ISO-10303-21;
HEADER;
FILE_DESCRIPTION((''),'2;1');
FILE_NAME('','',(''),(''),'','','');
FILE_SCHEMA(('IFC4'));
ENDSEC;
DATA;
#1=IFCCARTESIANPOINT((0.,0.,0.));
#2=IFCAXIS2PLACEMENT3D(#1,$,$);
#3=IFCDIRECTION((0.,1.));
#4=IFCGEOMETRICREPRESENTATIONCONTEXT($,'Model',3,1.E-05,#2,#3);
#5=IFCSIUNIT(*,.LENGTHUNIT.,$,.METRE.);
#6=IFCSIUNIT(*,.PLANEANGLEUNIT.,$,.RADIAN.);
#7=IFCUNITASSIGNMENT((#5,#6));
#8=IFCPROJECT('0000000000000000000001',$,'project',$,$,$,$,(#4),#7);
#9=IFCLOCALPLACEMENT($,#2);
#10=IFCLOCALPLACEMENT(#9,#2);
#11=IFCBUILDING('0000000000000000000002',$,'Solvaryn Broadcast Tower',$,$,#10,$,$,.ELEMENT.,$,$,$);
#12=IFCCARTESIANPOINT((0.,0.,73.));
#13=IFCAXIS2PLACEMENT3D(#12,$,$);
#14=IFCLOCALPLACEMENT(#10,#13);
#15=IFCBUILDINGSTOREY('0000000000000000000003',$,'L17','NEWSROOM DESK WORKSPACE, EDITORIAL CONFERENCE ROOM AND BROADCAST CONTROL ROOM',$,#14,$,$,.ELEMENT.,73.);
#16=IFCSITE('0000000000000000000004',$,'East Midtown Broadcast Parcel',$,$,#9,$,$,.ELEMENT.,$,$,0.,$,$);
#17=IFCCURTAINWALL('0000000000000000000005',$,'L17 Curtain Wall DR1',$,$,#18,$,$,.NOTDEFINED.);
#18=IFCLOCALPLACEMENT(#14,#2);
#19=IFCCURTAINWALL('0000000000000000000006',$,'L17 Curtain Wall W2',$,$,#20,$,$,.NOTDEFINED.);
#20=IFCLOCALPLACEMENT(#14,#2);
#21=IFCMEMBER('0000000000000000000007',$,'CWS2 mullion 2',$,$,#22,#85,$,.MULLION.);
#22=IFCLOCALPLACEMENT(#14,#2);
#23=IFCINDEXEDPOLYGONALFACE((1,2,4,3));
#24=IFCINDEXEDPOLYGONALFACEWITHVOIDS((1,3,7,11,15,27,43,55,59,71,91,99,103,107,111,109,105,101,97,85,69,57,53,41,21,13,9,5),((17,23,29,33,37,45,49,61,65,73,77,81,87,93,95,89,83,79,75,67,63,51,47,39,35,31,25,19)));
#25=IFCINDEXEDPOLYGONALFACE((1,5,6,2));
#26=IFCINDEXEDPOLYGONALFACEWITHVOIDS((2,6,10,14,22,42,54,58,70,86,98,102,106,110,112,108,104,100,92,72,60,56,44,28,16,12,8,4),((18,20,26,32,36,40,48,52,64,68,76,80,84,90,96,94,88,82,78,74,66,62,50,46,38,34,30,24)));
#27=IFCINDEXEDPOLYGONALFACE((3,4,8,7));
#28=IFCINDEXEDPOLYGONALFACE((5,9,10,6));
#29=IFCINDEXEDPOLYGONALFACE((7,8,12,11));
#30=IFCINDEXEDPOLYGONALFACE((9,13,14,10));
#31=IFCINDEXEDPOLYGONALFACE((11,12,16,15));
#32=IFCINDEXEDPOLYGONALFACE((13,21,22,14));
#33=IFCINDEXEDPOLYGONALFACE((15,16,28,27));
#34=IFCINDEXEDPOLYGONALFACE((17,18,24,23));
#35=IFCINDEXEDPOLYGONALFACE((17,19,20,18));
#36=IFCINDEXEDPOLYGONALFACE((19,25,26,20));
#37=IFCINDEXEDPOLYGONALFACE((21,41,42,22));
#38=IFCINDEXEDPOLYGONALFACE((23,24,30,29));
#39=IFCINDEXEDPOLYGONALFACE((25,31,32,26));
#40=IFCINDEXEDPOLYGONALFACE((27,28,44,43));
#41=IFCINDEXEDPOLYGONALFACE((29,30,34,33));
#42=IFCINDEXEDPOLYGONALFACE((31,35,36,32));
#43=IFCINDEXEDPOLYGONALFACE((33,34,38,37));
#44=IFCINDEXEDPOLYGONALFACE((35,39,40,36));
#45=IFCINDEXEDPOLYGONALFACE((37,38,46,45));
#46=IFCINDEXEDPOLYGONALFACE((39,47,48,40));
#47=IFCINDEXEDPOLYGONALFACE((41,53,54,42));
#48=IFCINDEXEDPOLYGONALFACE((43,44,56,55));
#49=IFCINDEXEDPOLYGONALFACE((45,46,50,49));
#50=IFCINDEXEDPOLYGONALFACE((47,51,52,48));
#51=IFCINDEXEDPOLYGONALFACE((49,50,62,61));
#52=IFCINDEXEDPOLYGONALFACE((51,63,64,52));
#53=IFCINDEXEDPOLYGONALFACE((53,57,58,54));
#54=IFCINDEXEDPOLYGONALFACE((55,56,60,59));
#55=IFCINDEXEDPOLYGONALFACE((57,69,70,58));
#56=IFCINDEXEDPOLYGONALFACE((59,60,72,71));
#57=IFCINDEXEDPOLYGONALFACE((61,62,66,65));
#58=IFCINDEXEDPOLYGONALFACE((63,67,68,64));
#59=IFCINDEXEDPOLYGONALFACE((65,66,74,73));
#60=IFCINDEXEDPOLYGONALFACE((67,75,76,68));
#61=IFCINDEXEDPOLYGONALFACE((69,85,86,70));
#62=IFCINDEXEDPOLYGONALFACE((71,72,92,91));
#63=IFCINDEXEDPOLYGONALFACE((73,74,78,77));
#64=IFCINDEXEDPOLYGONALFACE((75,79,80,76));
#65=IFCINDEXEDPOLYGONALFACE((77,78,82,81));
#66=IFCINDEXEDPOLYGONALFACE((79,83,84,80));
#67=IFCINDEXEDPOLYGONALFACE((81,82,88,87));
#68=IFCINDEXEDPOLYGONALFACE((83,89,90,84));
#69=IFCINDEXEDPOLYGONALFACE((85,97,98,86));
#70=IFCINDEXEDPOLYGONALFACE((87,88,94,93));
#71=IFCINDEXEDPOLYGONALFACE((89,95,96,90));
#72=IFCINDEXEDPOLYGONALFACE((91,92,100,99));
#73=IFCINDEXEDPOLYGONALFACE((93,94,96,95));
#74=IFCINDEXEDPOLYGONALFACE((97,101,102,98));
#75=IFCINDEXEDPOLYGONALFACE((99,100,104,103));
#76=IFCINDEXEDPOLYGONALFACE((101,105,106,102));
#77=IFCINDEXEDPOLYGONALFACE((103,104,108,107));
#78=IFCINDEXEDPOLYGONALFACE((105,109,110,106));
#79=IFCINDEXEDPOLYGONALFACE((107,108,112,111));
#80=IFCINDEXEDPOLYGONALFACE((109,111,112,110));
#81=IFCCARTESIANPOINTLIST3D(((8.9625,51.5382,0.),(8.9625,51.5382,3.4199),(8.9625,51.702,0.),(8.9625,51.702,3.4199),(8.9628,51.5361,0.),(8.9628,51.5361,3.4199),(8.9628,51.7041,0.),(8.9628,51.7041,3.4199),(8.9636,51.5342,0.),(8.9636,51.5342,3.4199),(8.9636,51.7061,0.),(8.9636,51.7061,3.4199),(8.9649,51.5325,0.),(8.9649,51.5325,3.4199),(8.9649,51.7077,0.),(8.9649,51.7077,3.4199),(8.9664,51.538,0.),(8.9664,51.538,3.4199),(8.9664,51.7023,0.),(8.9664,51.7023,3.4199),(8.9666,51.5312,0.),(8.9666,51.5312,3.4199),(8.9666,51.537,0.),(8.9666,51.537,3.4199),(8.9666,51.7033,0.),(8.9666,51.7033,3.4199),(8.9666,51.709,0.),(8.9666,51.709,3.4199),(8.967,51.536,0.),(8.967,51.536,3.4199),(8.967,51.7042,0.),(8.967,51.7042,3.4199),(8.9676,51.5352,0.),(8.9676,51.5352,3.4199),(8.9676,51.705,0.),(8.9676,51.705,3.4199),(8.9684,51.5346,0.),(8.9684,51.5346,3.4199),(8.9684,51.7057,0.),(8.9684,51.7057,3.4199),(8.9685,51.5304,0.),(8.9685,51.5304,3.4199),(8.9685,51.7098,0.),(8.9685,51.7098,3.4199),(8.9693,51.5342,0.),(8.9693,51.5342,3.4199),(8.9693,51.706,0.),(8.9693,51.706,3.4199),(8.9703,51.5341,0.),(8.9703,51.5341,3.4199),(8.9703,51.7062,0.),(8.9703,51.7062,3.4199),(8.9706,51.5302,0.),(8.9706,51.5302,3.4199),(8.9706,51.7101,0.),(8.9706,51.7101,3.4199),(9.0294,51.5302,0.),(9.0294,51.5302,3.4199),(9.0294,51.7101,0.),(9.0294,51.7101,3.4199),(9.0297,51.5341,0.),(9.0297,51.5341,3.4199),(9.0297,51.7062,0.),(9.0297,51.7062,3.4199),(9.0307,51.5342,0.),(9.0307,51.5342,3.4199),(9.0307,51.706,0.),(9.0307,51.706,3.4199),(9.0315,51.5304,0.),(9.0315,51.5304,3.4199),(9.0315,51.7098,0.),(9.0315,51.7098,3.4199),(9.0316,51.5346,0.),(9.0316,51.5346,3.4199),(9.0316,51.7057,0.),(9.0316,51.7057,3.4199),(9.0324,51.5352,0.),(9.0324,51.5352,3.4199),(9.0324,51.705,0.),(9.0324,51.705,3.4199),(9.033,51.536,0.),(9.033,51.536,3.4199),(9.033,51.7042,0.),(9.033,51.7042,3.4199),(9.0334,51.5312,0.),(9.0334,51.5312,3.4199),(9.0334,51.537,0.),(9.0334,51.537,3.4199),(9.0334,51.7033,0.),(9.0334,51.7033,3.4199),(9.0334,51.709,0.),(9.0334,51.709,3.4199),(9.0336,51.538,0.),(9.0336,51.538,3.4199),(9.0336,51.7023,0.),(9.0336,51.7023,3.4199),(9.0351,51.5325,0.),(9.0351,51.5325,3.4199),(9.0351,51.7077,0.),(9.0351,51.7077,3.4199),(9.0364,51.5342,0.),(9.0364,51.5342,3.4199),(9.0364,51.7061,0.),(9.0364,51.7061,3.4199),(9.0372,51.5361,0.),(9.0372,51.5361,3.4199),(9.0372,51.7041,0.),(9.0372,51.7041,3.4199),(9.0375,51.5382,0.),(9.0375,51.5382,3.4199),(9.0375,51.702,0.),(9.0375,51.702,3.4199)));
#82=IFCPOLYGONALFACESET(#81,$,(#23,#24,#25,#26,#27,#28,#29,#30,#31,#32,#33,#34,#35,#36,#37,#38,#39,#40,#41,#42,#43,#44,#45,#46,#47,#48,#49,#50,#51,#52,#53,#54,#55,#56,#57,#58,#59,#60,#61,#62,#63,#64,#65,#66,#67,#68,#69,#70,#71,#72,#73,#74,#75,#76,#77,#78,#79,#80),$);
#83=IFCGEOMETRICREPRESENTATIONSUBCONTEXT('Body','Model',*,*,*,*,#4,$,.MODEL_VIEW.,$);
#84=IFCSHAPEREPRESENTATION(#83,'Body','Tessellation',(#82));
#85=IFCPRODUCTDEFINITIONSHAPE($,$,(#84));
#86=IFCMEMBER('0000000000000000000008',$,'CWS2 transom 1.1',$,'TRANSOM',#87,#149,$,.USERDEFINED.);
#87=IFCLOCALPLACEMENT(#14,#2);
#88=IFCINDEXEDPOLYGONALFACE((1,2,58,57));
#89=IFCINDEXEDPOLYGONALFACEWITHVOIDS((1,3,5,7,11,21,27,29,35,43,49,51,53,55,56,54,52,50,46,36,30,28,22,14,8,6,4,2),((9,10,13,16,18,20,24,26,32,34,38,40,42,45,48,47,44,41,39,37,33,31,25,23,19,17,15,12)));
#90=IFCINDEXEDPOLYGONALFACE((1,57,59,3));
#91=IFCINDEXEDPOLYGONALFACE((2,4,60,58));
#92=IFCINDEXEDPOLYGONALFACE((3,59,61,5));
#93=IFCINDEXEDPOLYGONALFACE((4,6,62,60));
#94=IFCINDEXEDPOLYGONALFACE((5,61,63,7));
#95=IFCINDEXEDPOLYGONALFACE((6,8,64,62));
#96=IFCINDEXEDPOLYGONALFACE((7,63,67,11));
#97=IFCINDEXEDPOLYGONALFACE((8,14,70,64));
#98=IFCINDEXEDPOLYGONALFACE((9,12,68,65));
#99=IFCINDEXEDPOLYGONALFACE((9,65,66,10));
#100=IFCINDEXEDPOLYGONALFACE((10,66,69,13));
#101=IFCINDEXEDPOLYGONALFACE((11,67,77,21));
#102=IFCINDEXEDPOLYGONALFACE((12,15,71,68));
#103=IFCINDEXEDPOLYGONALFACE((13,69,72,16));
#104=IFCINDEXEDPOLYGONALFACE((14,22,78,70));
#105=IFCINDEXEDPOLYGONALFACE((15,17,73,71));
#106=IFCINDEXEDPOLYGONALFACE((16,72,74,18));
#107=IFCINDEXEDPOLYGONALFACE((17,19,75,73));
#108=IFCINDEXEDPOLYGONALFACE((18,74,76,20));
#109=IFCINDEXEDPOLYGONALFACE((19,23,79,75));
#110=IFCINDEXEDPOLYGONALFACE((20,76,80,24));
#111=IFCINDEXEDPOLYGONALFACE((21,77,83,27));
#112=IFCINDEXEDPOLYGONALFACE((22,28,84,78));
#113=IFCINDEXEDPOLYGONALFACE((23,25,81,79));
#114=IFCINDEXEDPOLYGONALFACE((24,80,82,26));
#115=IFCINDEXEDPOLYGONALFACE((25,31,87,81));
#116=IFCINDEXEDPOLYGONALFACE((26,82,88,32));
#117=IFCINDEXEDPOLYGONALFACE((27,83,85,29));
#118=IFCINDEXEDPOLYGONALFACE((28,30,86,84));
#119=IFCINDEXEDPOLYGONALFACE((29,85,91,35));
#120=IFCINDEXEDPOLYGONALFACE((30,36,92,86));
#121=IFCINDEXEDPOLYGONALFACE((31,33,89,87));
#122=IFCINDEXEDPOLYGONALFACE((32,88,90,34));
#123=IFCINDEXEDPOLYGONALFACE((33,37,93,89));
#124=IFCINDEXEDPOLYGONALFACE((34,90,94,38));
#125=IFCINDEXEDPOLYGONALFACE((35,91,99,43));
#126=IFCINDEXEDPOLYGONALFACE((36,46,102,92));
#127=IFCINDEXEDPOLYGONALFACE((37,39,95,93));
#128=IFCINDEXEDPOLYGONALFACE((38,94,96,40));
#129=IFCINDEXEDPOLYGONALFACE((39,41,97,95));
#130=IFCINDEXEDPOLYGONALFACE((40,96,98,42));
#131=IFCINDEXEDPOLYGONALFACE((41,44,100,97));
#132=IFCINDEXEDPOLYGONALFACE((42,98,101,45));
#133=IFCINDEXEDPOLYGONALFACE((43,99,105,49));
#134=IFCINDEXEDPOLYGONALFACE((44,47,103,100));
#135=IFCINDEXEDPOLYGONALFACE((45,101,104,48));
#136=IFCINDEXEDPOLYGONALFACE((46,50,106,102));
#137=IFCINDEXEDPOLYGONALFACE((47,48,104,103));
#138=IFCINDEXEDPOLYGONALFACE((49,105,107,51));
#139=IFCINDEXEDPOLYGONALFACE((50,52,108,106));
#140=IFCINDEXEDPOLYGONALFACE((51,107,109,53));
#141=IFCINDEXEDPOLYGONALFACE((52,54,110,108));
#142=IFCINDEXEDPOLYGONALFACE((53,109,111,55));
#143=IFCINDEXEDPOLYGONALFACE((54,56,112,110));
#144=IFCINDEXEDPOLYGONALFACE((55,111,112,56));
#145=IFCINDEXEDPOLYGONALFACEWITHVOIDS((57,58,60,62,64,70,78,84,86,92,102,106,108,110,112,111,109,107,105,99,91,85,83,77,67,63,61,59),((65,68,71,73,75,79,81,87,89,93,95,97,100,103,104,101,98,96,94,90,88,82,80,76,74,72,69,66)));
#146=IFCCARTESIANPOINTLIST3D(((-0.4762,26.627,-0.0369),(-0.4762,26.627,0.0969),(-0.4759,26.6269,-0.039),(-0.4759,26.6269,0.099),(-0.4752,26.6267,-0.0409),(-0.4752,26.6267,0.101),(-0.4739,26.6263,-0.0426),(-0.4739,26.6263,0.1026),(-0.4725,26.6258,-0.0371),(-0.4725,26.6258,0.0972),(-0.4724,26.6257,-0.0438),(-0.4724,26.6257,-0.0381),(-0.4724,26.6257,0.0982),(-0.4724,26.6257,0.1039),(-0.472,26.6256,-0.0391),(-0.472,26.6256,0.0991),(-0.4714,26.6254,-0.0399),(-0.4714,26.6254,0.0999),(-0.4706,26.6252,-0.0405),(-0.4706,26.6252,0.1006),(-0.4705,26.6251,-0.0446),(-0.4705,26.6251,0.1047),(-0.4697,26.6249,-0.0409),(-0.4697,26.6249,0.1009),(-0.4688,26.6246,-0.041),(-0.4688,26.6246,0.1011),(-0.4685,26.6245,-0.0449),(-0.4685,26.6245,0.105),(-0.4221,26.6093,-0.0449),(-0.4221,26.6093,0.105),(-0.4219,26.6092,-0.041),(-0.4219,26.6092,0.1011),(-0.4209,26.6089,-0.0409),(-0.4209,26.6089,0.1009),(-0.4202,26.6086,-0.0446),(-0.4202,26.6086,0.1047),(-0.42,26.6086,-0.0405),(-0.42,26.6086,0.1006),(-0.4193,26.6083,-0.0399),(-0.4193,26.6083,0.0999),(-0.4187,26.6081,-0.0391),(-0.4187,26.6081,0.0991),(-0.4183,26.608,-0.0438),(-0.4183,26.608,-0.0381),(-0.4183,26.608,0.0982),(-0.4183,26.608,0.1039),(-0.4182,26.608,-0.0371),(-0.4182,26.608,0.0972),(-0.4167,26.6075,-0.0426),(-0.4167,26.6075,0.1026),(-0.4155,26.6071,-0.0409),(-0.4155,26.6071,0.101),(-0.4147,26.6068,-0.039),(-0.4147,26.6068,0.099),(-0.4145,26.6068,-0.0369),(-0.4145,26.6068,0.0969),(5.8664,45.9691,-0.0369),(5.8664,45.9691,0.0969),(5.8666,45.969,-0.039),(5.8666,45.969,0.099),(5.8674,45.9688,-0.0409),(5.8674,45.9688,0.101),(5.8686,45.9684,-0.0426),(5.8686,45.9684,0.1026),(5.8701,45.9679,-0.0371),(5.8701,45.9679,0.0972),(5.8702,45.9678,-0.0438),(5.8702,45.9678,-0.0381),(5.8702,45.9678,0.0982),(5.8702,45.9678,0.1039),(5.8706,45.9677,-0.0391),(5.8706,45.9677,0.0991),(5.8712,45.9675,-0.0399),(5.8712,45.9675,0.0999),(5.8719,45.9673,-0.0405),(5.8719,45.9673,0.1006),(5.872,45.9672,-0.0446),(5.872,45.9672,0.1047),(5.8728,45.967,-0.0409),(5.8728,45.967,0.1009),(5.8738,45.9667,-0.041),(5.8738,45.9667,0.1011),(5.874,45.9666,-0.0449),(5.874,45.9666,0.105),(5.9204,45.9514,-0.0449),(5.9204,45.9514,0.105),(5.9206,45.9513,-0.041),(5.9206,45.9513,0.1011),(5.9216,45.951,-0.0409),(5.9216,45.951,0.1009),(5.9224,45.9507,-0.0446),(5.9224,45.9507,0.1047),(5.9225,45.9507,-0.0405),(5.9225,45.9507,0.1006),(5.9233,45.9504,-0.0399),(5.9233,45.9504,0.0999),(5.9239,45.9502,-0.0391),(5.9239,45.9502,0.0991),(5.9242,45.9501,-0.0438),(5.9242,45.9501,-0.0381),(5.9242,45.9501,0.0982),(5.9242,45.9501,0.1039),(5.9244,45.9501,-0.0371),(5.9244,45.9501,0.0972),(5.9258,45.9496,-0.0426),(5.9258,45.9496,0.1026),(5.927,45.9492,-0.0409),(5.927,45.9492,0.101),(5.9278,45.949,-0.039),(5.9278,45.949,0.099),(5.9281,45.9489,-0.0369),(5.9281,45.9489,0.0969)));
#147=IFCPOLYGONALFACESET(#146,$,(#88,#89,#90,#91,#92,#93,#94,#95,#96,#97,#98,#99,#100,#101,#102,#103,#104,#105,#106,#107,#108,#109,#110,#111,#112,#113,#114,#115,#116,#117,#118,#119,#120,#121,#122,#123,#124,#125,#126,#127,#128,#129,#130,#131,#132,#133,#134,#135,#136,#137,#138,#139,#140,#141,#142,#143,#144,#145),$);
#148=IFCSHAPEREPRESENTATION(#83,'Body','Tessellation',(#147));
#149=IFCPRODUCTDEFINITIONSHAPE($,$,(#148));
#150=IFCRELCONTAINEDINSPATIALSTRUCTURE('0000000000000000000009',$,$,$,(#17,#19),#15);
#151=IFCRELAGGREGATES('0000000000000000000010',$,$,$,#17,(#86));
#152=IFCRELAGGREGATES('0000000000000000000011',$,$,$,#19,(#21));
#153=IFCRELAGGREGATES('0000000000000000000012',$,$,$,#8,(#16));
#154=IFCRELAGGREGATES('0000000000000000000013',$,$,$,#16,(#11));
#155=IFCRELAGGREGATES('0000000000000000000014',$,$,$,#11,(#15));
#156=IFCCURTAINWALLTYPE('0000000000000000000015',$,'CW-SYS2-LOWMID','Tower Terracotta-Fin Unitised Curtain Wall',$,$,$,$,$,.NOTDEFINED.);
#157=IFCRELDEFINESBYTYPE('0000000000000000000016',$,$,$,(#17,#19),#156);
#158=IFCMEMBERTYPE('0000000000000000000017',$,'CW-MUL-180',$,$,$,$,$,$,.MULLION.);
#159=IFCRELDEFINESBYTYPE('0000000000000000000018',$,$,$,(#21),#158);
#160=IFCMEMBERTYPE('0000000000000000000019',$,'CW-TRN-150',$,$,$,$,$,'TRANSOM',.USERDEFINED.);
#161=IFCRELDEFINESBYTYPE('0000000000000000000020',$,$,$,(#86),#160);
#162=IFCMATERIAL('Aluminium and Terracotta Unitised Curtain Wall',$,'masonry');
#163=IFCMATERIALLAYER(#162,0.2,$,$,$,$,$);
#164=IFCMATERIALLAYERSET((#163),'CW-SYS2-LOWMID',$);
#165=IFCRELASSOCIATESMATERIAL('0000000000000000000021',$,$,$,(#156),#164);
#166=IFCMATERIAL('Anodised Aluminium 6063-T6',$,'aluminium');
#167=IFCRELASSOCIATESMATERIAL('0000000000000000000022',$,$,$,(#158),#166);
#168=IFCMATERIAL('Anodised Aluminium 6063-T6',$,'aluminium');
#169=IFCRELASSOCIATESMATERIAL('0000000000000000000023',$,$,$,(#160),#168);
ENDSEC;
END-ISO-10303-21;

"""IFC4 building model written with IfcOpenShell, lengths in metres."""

from ifc_helpers import new_model, si_unit, direction, frame, origin, origin_2d, place, context, subcontext, project, spatial, hollow_rectangle, extrude, material, layer, layer_set, material_profile, profile_set, type_object, element, aggregate, save


model = new_model("IFC4")

# Units and contexts
model_context = context("Model", 3, precision=1e-05, world=origin(), true_north=direction((0.0, 1.0)))
body_context = subcontext(model_context, "Body", "Model", "MODEL_VIEW")
ifc_project = project(units=[si_unit("LENGTHUNIT", "METRE"), si_unit("PLANEANGLEUNIT", "RADIAN")], contexts=[model_context])

# Site, building, storey
site_placement = place(None, origin())
site = spatial("IfcSite", under=ifc_project, at=site_placement, Name="East Midtown Broadcast Parcel", CompositionType="ELEMENT", RefElevation=0.0)
building_placement = place(site_placement, origin())
building = spatial("IfcBuilding", under=site, at=building_placement, Name="Solvaryn Broadcast Tower", CompositionType="ELEMENT")
storey_placement = place(building_placement, frame((0.0, 0.0, 73.0)))
storey = spatial("IfcBuildingStorey", under=building, at=storey_placement, Name="L17", Description="NEWSROOM DESK WORKSPACE, EDITORIAL CONFERENCE ROOM AND BROADCAST CONTROL ROOM", CompositionType="ELEMENT", Elevation=73.0)

# Curtain wall
ifc_material_1 = material(Name="Aluminium and Terracotta Unitised Curtain Wall", Category="masonry")
ifc_layer_1 = layer(ifc_material_1, 0.2)
ifc_layer_set_1 = layer_set([ifc_layer_1], Name="CW-SYS2-LOWMID")
curtain_wall_type = type_object("IfcCurtainWallType", Name="CW-SYS2-LOWMID", Description="Tower Terracotta-Fin Unitised Curtain Wall", PredefinedType="NOTDEFINED", material=ifc_layer_set_1)
curtain_wall_1_placement = place(storey_placement, origin())
curtain_wall_1 = element("IfcCurtainWall", 1, at=curtain_wall_1_placement, inside=storey, type_object=curtain_wall_type, Name="L17 Curtain Wall DR1", PredefinedType="NOTDEFINED")
ifc_material_2 = material(Name="Anodised Aluminium 6063-T6", Category="aluminium")
ifc_material_profile_1 = material_profile(ifc_material_2, hollow_rectangle(XDim=0.075, YDim=0.1799, WallThickness=0.0039, InnerFilletRadius=0.0039, OuterFilletRadius=0.0081, at=origin_2d()))
ifc_profile_set_1 = profile_set([ifc_material_profile_1], Name="Anodised Aluminium 6063-T6")
member_type_1 = type_object("IfcMemberType", Name="CW-MUL-180", PredefinedType="MULLION", material=ifc_profile_set_1)

# Curtain wall, member
curtain_wall_2_placement = place(storey_placement, origin())
curtain_wall_2 = element("IfcCurtainWall", 2, at=curtain_wall_2_placement, inside=storey, type_object=curtain_wall_type, Name="L17 Curtain Wall W2", PredefinedType="NOTDEFINED")
member_1_placement = place(storey_placement, frame((9.0, 51.6201, 0.0), z_axis=(0.0, 0.0, 1.0), x_axis=(-1.0, 0.0, 0.0)))
member_1 = element("IfcMember", 3, at=member_1_placement, type_object=member_type_1, Name="CWS2 mullion 2", PredefinedType="MULLION", context=body_context, shape_type="SweptSolid", body=[
    extrude(hollow_rectangle(XDim=0.075, YDim=0.1799, WallThickness=0.0039, InnerFilletRadius=0.0039, OuterFilletRadius=0.0081, at=origin_2d()), origin(), (0.0, 0.0, 1.0), 3.4199),
])

# Member
ifc_material_3 = material(Name="Anodised Aluminium 6063-T6", Category="aluminium")
ifc_material_profile_2 = material_profile(ifc_material_3, hollow_rectangle(XDim=0.0649, YDim=0.1499, WallThickness=0.0039, InnerFilletRadius=0.0039, OuterFilletRadius=0.0081, at=origin_2d()))
ifc_profile_set_2 = profile_set([ifc_material_profile_2], Name="Anodised Aluminium 6063-T6")
member_type_2 = type_object("IfcMemberType", Name="CW-TRN-150", ElementType="TRANSOM", PredefinedType="USERDEFINED", material=ifc_profile_set_2)
member_2_placement = place(storey_placement, frame((5.8972, 45.959, 0.03), z_axis=(-0.31159, -0.950217, 0.0), x_axis=(0.950217, -0.31159, 0.0)))
member_2 = element("IfcMember", 4, at=member_2_placement, type_object=member_type_2, Name="CWS2 transom 1.1", ObjectType="TRANSOM", PredefinedType="USERDEFINED", context=body_context, shape_type="SweptSolid", body=[
    extrude(hollow_rectangle(XDim=0.0649, YDim=0.1499, WallThickness=0.0039, InnerFilletRadius=0.0039, OuterFilletRadius=0.0081, at=origin_2d()), origin(), (0.0, 0.0, 1.0), 20.3555),
])
aggregate(curtain_wall_1, [member_2])

aggregate(curtain_wall_2, [member_1])

save(model, "model.ifc")
